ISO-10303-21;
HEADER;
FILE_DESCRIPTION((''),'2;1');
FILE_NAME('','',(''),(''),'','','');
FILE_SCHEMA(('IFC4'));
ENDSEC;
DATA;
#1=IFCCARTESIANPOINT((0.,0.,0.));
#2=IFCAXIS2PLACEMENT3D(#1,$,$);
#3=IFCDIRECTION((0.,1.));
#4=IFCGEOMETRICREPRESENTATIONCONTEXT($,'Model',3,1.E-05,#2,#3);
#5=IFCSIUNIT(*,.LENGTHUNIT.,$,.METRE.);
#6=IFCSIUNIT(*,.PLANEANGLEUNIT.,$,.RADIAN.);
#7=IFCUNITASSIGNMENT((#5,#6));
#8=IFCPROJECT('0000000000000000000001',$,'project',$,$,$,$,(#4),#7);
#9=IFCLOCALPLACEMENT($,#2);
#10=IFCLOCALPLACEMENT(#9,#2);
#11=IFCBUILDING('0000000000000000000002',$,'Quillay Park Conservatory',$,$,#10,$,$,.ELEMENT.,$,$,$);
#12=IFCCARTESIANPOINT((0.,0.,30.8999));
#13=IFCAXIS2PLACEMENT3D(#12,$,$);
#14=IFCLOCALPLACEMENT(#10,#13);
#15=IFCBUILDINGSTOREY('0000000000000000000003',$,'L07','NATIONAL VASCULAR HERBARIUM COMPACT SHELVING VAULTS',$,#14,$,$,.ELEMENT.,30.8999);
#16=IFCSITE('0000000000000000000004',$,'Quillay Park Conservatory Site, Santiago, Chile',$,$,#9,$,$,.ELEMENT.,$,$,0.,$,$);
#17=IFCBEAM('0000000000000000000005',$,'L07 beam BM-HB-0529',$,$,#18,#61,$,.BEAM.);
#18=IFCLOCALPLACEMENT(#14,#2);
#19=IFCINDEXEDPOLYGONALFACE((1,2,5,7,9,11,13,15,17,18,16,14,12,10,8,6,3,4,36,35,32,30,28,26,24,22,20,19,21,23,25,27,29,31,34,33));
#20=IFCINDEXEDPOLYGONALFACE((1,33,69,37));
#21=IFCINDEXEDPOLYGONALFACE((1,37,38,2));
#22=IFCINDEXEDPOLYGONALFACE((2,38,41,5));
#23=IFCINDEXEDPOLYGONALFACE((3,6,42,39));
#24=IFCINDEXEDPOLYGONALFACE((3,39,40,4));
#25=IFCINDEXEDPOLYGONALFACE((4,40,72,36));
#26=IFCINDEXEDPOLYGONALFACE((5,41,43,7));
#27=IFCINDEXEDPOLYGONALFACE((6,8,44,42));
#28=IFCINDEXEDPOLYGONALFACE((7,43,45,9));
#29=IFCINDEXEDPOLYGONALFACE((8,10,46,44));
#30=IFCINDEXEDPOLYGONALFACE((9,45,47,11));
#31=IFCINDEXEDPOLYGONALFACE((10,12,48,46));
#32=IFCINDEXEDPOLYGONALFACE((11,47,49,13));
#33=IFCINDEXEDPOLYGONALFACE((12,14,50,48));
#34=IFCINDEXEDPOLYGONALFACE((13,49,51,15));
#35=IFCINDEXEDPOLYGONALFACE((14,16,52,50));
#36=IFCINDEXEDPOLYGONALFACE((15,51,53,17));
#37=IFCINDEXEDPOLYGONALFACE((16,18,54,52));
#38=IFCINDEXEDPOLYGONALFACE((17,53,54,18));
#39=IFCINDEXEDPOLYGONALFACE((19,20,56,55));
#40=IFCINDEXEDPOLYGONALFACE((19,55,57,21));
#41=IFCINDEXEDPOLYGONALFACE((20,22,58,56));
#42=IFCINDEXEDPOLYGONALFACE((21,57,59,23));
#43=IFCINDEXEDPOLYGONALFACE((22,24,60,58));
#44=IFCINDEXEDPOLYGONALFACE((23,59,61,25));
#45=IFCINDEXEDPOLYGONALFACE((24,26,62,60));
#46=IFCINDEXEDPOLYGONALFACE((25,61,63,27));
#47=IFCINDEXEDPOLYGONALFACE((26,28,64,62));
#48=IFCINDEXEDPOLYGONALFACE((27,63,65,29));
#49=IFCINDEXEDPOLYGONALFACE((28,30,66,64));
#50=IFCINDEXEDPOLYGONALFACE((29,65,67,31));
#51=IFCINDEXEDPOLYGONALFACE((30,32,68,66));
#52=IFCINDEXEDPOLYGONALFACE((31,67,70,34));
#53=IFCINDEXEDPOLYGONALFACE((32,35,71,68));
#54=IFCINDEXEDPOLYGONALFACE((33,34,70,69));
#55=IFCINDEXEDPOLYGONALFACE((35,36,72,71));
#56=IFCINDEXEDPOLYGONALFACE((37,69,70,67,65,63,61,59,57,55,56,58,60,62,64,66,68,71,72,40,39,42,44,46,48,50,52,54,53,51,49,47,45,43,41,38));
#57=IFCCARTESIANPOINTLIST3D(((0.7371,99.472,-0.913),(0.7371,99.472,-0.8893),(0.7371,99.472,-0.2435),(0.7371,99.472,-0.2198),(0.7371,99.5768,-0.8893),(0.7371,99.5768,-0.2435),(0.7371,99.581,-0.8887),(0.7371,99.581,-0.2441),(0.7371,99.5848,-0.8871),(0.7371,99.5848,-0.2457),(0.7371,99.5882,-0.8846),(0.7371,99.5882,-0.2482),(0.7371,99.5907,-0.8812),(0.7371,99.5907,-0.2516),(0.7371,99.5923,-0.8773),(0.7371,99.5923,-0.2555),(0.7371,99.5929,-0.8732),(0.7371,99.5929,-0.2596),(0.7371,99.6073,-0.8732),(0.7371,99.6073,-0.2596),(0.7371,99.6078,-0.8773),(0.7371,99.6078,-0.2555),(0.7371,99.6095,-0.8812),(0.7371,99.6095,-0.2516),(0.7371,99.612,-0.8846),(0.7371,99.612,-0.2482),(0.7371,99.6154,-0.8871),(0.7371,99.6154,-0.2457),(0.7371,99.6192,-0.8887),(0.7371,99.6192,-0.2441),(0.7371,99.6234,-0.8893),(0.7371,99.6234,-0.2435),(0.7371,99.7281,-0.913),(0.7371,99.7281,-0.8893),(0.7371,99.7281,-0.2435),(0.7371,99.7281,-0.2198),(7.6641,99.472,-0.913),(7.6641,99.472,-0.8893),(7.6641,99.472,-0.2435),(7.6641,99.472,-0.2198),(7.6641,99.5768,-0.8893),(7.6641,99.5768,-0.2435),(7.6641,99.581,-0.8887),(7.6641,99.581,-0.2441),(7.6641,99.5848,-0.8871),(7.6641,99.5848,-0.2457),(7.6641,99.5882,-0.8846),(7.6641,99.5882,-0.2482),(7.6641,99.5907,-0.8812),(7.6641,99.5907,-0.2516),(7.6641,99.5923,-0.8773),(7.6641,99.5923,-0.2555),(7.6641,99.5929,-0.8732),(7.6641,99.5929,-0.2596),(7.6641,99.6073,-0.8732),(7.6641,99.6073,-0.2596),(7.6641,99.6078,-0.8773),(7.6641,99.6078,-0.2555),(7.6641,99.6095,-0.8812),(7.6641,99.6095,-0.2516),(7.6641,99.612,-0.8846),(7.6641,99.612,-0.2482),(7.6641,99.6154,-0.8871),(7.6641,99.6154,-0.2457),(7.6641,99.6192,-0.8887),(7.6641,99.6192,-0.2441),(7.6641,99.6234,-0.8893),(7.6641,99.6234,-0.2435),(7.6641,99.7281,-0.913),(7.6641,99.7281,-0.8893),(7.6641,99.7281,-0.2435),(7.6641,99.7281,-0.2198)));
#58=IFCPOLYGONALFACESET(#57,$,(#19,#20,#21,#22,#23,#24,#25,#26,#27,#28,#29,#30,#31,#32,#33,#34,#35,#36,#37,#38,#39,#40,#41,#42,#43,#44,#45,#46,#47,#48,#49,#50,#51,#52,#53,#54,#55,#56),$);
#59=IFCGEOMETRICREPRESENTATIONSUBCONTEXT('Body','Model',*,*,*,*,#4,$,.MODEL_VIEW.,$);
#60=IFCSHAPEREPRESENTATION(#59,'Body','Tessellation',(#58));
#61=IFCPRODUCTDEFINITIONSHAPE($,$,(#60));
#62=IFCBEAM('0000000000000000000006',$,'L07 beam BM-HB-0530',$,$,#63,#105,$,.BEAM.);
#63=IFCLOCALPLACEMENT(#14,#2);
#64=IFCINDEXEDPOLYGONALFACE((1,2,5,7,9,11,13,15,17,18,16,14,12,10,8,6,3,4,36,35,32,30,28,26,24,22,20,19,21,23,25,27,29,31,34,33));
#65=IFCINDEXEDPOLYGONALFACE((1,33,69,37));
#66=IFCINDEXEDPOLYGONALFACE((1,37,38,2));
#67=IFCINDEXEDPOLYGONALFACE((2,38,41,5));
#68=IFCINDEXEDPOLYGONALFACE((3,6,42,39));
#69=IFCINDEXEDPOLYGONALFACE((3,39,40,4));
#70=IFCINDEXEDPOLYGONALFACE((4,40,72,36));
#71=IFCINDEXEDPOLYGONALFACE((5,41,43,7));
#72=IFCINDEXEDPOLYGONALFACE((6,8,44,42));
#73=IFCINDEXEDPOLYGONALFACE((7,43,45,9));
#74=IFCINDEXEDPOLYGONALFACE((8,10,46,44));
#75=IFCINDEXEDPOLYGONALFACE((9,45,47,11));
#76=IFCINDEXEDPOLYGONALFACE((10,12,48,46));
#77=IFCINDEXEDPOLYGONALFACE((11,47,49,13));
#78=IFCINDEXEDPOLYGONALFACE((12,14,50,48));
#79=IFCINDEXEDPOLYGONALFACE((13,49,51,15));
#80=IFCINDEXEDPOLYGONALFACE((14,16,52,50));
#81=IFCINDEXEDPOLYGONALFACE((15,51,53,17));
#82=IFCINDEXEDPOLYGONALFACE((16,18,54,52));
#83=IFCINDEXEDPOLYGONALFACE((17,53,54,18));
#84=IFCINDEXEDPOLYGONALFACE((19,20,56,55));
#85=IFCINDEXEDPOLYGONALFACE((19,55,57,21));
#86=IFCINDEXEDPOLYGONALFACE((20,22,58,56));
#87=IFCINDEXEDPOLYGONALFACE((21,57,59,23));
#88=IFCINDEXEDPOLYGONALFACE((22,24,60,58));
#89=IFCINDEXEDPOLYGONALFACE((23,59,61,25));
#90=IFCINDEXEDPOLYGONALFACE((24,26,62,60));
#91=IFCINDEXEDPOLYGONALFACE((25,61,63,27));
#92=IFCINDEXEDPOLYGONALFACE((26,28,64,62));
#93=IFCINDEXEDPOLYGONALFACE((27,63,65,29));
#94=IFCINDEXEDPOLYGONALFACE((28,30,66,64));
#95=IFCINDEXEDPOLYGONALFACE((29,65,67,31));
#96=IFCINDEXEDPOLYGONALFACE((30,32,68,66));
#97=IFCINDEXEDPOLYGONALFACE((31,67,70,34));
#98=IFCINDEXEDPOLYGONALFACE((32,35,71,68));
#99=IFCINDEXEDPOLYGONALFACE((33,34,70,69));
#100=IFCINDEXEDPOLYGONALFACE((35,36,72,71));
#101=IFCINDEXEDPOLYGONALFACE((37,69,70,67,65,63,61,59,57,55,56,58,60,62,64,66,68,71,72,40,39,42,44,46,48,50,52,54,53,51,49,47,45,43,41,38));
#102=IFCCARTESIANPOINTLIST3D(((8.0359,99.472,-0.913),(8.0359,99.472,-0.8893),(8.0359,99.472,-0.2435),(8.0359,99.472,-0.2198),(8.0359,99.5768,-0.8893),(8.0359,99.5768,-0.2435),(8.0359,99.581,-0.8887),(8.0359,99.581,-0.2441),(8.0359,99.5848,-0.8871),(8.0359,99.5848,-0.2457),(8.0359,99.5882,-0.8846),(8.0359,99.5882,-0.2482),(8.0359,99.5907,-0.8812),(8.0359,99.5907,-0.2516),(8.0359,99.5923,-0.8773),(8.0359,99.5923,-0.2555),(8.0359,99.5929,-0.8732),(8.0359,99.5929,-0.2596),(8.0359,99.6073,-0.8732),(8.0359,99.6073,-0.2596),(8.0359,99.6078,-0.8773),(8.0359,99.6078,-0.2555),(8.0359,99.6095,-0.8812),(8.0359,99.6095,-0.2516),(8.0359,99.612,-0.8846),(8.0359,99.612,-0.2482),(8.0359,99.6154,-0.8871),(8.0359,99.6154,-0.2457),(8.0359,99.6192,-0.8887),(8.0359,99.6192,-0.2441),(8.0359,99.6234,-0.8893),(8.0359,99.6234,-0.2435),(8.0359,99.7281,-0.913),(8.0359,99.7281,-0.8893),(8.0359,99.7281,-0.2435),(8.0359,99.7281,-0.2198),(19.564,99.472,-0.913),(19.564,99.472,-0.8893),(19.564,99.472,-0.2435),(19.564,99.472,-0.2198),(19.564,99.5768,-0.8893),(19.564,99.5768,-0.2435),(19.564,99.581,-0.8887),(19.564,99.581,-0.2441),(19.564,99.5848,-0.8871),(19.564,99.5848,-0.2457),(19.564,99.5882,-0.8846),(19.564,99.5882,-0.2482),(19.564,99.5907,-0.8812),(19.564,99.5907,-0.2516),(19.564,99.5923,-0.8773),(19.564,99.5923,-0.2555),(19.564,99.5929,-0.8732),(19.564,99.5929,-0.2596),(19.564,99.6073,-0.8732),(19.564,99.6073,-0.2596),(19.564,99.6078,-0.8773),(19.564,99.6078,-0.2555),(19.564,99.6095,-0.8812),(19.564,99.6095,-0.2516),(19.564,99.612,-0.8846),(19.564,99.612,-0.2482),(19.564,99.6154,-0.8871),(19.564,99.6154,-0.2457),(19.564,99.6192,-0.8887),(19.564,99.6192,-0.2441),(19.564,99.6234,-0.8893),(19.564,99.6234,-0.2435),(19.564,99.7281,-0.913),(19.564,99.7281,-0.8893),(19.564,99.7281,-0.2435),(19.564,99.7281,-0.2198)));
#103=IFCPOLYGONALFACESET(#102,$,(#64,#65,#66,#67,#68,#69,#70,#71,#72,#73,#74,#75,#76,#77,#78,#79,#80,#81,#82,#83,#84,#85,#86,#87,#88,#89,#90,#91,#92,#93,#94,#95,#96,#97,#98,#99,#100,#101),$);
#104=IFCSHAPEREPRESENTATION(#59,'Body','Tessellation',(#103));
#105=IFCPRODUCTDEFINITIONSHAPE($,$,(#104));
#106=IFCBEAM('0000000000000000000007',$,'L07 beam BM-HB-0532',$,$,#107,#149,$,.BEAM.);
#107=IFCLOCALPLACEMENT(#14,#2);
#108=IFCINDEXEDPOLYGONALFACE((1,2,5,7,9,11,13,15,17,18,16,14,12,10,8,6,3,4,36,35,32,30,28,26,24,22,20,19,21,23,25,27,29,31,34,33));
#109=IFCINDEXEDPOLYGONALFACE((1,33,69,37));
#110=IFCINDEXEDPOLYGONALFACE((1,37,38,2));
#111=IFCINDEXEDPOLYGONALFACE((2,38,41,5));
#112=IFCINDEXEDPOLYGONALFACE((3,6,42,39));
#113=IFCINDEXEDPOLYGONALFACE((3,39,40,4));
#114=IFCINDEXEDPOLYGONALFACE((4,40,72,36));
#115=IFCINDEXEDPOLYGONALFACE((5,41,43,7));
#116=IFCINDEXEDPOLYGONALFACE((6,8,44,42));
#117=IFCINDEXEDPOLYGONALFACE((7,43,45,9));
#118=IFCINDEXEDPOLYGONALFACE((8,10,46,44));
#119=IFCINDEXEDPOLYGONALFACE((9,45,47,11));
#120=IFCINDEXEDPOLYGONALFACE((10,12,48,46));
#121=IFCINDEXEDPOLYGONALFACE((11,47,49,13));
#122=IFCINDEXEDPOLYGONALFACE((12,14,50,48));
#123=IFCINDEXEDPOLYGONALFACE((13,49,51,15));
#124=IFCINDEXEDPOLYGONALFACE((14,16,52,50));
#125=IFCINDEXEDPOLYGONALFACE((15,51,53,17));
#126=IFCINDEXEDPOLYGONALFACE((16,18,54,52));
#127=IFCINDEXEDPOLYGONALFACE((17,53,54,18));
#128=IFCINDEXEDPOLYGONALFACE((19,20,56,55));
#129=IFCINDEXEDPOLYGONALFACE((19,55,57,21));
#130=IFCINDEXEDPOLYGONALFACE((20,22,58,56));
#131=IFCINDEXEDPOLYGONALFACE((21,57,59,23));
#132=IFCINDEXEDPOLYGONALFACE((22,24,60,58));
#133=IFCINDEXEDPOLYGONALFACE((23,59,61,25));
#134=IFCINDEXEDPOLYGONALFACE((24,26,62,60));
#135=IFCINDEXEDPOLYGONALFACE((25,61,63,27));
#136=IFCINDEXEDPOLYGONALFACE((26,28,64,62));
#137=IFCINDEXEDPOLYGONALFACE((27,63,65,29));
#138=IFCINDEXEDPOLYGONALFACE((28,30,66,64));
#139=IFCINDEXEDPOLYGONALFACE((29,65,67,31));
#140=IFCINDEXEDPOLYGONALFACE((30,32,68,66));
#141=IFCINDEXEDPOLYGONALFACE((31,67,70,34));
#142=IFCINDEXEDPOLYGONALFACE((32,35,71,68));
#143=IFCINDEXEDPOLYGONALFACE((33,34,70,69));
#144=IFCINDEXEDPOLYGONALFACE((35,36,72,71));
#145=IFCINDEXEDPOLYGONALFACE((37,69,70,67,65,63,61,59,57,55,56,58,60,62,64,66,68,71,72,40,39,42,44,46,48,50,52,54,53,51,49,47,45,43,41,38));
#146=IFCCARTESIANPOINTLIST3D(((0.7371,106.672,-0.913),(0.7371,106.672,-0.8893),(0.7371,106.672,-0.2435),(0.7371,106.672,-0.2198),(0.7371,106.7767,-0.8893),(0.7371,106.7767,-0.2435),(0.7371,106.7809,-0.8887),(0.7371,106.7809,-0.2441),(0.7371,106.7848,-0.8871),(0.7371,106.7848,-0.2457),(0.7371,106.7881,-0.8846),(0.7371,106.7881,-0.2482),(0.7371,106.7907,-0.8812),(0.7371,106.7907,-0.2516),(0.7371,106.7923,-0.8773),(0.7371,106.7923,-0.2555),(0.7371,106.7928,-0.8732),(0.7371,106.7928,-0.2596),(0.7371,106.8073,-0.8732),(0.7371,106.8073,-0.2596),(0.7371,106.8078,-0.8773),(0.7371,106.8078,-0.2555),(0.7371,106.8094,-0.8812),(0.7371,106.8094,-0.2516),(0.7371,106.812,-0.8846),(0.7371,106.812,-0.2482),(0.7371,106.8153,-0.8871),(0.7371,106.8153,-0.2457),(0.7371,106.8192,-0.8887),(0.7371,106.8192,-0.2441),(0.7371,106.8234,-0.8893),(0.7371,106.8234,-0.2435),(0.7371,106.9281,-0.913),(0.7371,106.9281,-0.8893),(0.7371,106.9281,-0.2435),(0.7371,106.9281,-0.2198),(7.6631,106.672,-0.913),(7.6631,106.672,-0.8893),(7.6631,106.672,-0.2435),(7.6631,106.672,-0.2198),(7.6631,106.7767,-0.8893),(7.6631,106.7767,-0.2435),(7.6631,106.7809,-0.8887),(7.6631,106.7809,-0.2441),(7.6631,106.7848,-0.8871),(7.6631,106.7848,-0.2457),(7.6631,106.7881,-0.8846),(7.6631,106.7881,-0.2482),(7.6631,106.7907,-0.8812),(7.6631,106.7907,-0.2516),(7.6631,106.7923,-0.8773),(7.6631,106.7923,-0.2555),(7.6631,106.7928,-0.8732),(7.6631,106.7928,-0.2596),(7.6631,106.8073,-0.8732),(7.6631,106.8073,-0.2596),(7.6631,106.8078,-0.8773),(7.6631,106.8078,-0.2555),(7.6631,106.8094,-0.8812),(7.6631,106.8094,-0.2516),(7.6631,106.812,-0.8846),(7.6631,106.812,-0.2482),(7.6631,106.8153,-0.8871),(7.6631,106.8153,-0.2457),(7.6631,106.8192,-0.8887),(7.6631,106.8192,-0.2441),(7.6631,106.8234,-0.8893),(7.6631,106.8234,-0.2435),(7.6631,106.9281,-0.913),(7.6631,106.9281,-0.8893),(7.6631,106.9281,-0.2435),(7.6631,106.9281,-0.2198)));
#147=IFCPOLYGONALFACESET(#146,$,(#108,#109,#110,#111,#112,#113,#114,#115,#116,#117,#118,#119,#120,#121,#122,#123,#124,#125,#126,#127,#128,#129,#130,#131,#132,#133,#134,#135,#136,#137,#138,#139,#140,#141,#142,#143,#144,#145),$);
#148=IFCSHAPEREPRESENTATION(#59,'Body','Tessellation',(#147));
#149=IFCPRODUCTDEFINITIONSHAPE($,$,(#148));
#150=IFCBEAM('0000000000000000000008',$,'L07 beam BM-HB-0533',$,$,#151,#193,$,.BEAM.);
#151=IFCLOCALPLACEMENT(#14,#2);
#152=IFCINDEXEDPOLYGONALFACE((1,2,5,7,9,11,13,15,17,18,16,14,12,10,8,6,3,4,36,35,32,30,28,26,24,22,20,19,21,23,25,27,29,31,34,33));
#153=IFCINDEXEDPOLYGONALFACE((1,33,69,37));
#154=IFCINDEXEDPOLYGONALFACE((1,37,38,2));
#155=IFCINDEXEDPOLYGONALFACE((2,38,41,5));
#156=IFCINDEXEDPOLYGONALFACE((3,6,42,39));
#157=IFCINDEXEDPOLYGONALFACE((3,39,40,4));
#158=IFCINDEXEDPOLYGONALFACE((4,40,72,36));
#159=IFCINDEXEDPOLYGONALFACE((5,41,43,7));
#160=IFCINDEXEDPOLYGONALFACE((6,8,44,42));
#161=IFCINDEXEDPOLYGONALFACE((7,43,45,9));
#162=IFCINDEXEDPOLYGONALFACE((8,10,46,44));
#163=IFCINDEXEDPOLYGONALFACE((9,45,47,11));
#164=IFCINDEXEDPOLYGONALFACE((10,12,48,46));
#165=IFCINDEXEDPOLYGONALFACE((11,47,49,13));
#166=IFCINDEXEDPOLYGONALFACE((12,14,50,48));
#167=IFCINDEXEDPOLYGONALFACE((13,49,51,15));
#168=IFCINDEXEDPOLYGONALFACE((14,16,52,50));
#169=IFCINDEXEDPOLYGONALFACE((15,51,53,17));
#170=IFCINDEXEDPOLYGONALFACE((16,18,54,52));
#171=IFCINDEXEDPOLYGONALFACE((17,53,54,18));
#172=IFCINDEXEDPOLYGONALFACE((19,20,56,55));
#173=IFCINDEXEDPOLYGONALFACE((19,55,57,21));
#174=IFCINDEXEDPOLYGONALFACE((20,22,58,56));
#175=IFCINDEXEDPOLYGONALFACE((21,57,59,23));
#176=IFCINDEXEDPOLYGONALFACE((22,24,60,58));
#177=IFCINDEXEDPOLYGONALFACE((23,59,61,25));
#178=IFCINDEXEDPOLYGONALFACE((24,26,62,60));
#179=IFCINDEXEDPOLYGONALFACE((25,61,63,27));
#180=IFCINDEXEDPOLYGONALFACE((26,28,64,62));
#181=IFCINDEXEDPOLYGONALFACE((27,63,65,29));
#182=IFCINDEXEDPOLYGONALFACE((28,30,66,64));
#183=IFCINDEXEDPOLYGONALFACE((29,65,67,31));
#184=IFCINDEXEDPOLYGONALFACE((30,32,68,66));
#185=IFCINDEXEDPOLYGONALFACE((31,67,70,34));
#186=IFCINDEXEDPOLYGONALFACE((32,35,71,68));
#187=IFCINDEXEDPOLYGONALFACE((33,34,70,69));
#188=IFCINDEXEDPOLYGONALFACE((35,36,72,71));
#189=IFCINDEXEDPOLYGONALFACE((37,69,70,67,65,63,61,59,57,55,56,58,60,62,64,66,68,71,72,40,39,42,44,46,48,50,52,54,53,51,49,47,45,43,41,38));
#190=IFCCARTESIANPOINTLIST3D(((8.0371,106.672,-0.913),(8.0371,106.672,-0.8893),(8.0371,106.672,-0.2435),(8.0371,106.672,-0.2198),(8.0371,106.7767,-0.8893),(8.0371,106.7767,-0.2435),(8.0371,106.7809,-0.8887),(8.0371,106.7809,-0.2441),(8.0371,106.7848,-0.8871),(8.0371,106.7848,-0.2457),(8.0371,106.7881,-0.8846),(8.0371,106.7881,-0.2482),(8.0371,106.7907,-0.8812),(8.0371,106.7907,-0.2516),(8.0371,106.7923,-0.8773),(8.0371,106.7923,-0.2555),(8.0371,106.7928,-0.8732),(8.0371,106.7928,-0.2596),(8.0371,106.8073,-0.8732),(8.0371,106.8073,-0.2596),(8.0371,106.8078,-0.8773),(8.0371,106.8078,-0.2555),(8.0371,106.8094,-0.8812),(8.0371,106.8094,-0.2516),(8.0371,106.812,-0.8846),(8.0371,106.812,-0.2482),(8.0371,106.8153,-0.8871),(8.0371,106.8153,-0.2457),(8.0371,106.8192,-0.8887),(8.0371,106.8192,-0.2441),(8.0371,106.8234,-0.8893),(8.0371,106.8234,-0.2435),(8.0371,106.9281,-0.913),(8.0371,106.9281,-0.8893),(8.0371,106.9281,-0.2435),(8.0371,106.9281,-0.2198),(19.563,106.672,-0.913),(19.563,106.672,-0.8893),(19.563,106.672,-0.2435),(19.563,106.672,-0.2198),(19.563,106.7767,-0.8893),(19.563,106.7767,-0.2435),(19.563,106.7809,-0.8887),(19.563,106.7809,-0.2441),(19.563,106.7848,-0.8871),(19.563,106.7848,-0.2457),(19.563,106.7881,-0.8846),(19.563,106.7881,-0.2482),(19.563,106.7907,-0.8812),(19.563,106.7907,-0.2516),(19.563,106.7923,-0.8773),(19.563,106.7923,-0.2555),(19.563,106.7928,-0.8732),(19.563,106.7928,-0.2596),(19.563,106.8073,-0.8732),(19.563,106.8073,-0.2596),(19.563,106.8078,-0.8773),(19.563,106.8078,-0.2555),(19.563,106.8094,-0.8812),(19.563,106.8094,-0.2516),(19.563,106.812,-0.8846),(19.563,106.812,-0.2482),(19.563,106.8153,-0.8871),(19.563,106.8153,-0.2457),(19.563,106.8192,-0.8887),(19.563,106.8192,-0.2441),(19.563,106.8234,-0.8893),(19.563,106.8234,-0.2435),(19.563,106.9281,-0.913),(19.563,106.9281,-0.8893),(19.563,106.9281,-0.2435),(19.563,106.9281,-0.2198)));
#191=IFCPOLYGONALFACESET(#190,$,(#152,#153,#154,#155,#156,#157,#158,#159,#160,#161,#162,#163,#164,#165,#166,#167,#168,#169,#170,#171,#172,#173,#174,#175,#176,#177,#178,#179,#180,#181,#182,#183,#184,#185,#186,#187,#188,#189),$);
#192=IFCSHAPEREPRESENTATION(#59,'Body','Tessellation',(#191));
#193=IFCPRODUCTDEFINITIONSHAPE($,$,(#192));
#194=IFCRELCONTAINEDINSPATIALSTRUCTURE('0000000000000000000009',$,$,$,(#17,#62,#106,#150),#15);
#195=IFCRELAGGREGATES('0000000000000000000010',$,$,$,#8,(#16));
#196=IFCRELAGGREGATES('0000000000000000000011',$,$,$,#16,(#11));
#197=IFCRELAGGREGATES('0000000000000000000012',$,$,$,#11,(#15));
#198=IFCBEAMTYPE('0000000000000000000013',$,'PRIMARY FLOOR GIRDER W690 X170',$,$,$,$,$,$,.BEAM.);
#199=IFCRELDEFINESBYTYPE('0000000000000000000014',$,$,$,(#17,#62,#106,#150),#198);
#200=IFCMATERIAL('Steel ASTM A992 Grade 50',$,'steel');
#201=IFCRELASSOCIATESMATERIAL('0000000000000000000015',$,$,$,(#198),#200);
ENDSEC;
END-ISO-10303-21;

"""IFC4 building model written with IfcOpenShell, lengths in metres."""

from ifc_helpers import new_model, si_unit, direction, frame, origin, origin_2d, place, context, subcontext, project, spatial, i_section, extrude, material, material_profile, profile_set, type_object, element, save


model = new_model("IFC4")

# Units and contexts
model_context = context("Model", 3, precision=1e-05, world=origin(), true_north=direction((0.0, 1.0)))
body_context = subcontext(model_context, "Body", "Model", "MODEL_VIEW")
ifc_project = project(units=[si_unit("LENGTHUNIT", "METRE"), si_unit("PLANEANGLEUNIT", "RADIAN")], contexts=[model_context])

# Site, building, storey
site_placement = place(None, origin())
site = spatial("IfcSite", under=ifc_project, at=site_placement, Name="Quillay Park Conservatory Site, Santiago, Chile", CompositionType="ELEMENT", RefElevation=0.0)
building_placement = place(site_placement, origin())
building = spatial("IfcBuilding", under=site, at=building_placement, Name="Quillay Park Conservatory", CompositionType="ELEMENT")
storey_placement = place(building_placement, frame((0.0, 0.0, 30.8999)))
storey = spatial("IfcBuildingStorey", under=building, at=storey_placement, Name="L07", Description="NATIONAL VASCULAR HERBARIUM COMPACT SHELVING VAULTS", CompositionType="ELEMENT", Elevation=30.8999)

# Beams
ifc_material_1 = material(Name="Steel ASTM A992 Grade 50", Category="steel")
ifc_material_profile_1 = material_profile(ifc_material_1, i_section(OverallWidth=0.2561, OverallDepth=0.6931, WebThickness=0.0144, FlangeThickness=0.0237, FilletRadius=0.0161, at=origin_2d()), Name="W690x170")
ifc_profile_set_1 = profile_set([ifc_material_profile_1], Name="Steel ASTM A992 Grade 50")
beam_type_1 = type_object("IfcBeamType", Name="PRIMARY FLOOR GIRDER W690 X170", PredefinedType="BEAM", material=ifc_profile_set_1)
beam_1_placement = place(storey_placement, frame((0.7371, 99.6001, -0.5664), z_axis=(1.0, 0.0, 0.0), x_axis=(0.0, 1.0, 0.0)))
element("IfcBeam", 1, at=beam_1_placement, inside=storey, type_object=beam_type_1, Name="L07 beam BM-HB-0529", PredefinedType="BEAM", context=body_context, shape_type="SweptSolid", body=[
    extrude(i_section(OverallWidth=0.2561, OverallDepth=0.6931, WebThickness=0.0144, FlangeThickness=0.0237, FilletRadius=0.0161, at=origin_2d()), origin(), (0.0, 0.0, 1.0), 6.927),
])
beam_2_placement = place(storey_placement, frame((8.0359, 99.6001, -0.5664), z_axis=(1.0, 0.0, 0.0), x_axis=(0.0, 1.0, 0.0)))
element("IfcBeam", 2, at=beam_2_placement, inside=storey, type_object=beam_type_1, Name="L07 beam BM-HB-0530", PredefinedType="BEAM", context=body_context, shape_type="SweptSolid", body=[
    extrude(i_section(OverallWidth=0.2561, OverallDepth=0.6931, WebThickness=0.0144, FlangeThickness=0.0237, FilletRadius=0.0161, at=origin_2d()), origin(), (0.0, 0.0, 1.0), 11.5281),
])
beam_3_placement = place(storey_placement, frame((0.7371, 106.8, -0.5664), z_axis=(1.0, 0.0, 0.0), x_axis=(0.0, 1.0, 0.0)))
element("IfcBeam", 3, at=beam_3_placement, inside=storey, type_object=beam_type_1, Name="L07 beam BM-HB-0532", PredefinedType="BEAM", context=body_context, shape_type="SweptSolid", body=[
    extrude(i_section(OverallWidth=0.2561, OverallDepth=0.6931, WebThickness=0.0144, FlangeThickness=0.0237, FilletRadius=0.0161, at=origin_2d()), origin(), (0.0, 0.0, 1.0), 6.926),
])
beam_4_placement = place(storey_placement, frame((8.0371, 106.8, -0.5664), z_axis=(1.0, 0.0, 0.0), x_axis=(0.0, 1.0, 0.0)))
element("IfcBeam", 4, at=beam_4_placement, inside=storey, type_object=beam_type_1, Name="L07 beam BM-HB-0533", PredefinedType="BEAM", context=body_context, shape_type="SweptSolid", body=[
    extrude(i_section(OverallWidth=0.2561, OverallDepth=0.6931, WebThickness=0.0144, FlangeThickness=0.0237, FilletRadius=0.0161, at=origin_2d()), origin(), (0.0, 0.0, 1.0), 11.5259),
])

save(model, "model.ifc")
